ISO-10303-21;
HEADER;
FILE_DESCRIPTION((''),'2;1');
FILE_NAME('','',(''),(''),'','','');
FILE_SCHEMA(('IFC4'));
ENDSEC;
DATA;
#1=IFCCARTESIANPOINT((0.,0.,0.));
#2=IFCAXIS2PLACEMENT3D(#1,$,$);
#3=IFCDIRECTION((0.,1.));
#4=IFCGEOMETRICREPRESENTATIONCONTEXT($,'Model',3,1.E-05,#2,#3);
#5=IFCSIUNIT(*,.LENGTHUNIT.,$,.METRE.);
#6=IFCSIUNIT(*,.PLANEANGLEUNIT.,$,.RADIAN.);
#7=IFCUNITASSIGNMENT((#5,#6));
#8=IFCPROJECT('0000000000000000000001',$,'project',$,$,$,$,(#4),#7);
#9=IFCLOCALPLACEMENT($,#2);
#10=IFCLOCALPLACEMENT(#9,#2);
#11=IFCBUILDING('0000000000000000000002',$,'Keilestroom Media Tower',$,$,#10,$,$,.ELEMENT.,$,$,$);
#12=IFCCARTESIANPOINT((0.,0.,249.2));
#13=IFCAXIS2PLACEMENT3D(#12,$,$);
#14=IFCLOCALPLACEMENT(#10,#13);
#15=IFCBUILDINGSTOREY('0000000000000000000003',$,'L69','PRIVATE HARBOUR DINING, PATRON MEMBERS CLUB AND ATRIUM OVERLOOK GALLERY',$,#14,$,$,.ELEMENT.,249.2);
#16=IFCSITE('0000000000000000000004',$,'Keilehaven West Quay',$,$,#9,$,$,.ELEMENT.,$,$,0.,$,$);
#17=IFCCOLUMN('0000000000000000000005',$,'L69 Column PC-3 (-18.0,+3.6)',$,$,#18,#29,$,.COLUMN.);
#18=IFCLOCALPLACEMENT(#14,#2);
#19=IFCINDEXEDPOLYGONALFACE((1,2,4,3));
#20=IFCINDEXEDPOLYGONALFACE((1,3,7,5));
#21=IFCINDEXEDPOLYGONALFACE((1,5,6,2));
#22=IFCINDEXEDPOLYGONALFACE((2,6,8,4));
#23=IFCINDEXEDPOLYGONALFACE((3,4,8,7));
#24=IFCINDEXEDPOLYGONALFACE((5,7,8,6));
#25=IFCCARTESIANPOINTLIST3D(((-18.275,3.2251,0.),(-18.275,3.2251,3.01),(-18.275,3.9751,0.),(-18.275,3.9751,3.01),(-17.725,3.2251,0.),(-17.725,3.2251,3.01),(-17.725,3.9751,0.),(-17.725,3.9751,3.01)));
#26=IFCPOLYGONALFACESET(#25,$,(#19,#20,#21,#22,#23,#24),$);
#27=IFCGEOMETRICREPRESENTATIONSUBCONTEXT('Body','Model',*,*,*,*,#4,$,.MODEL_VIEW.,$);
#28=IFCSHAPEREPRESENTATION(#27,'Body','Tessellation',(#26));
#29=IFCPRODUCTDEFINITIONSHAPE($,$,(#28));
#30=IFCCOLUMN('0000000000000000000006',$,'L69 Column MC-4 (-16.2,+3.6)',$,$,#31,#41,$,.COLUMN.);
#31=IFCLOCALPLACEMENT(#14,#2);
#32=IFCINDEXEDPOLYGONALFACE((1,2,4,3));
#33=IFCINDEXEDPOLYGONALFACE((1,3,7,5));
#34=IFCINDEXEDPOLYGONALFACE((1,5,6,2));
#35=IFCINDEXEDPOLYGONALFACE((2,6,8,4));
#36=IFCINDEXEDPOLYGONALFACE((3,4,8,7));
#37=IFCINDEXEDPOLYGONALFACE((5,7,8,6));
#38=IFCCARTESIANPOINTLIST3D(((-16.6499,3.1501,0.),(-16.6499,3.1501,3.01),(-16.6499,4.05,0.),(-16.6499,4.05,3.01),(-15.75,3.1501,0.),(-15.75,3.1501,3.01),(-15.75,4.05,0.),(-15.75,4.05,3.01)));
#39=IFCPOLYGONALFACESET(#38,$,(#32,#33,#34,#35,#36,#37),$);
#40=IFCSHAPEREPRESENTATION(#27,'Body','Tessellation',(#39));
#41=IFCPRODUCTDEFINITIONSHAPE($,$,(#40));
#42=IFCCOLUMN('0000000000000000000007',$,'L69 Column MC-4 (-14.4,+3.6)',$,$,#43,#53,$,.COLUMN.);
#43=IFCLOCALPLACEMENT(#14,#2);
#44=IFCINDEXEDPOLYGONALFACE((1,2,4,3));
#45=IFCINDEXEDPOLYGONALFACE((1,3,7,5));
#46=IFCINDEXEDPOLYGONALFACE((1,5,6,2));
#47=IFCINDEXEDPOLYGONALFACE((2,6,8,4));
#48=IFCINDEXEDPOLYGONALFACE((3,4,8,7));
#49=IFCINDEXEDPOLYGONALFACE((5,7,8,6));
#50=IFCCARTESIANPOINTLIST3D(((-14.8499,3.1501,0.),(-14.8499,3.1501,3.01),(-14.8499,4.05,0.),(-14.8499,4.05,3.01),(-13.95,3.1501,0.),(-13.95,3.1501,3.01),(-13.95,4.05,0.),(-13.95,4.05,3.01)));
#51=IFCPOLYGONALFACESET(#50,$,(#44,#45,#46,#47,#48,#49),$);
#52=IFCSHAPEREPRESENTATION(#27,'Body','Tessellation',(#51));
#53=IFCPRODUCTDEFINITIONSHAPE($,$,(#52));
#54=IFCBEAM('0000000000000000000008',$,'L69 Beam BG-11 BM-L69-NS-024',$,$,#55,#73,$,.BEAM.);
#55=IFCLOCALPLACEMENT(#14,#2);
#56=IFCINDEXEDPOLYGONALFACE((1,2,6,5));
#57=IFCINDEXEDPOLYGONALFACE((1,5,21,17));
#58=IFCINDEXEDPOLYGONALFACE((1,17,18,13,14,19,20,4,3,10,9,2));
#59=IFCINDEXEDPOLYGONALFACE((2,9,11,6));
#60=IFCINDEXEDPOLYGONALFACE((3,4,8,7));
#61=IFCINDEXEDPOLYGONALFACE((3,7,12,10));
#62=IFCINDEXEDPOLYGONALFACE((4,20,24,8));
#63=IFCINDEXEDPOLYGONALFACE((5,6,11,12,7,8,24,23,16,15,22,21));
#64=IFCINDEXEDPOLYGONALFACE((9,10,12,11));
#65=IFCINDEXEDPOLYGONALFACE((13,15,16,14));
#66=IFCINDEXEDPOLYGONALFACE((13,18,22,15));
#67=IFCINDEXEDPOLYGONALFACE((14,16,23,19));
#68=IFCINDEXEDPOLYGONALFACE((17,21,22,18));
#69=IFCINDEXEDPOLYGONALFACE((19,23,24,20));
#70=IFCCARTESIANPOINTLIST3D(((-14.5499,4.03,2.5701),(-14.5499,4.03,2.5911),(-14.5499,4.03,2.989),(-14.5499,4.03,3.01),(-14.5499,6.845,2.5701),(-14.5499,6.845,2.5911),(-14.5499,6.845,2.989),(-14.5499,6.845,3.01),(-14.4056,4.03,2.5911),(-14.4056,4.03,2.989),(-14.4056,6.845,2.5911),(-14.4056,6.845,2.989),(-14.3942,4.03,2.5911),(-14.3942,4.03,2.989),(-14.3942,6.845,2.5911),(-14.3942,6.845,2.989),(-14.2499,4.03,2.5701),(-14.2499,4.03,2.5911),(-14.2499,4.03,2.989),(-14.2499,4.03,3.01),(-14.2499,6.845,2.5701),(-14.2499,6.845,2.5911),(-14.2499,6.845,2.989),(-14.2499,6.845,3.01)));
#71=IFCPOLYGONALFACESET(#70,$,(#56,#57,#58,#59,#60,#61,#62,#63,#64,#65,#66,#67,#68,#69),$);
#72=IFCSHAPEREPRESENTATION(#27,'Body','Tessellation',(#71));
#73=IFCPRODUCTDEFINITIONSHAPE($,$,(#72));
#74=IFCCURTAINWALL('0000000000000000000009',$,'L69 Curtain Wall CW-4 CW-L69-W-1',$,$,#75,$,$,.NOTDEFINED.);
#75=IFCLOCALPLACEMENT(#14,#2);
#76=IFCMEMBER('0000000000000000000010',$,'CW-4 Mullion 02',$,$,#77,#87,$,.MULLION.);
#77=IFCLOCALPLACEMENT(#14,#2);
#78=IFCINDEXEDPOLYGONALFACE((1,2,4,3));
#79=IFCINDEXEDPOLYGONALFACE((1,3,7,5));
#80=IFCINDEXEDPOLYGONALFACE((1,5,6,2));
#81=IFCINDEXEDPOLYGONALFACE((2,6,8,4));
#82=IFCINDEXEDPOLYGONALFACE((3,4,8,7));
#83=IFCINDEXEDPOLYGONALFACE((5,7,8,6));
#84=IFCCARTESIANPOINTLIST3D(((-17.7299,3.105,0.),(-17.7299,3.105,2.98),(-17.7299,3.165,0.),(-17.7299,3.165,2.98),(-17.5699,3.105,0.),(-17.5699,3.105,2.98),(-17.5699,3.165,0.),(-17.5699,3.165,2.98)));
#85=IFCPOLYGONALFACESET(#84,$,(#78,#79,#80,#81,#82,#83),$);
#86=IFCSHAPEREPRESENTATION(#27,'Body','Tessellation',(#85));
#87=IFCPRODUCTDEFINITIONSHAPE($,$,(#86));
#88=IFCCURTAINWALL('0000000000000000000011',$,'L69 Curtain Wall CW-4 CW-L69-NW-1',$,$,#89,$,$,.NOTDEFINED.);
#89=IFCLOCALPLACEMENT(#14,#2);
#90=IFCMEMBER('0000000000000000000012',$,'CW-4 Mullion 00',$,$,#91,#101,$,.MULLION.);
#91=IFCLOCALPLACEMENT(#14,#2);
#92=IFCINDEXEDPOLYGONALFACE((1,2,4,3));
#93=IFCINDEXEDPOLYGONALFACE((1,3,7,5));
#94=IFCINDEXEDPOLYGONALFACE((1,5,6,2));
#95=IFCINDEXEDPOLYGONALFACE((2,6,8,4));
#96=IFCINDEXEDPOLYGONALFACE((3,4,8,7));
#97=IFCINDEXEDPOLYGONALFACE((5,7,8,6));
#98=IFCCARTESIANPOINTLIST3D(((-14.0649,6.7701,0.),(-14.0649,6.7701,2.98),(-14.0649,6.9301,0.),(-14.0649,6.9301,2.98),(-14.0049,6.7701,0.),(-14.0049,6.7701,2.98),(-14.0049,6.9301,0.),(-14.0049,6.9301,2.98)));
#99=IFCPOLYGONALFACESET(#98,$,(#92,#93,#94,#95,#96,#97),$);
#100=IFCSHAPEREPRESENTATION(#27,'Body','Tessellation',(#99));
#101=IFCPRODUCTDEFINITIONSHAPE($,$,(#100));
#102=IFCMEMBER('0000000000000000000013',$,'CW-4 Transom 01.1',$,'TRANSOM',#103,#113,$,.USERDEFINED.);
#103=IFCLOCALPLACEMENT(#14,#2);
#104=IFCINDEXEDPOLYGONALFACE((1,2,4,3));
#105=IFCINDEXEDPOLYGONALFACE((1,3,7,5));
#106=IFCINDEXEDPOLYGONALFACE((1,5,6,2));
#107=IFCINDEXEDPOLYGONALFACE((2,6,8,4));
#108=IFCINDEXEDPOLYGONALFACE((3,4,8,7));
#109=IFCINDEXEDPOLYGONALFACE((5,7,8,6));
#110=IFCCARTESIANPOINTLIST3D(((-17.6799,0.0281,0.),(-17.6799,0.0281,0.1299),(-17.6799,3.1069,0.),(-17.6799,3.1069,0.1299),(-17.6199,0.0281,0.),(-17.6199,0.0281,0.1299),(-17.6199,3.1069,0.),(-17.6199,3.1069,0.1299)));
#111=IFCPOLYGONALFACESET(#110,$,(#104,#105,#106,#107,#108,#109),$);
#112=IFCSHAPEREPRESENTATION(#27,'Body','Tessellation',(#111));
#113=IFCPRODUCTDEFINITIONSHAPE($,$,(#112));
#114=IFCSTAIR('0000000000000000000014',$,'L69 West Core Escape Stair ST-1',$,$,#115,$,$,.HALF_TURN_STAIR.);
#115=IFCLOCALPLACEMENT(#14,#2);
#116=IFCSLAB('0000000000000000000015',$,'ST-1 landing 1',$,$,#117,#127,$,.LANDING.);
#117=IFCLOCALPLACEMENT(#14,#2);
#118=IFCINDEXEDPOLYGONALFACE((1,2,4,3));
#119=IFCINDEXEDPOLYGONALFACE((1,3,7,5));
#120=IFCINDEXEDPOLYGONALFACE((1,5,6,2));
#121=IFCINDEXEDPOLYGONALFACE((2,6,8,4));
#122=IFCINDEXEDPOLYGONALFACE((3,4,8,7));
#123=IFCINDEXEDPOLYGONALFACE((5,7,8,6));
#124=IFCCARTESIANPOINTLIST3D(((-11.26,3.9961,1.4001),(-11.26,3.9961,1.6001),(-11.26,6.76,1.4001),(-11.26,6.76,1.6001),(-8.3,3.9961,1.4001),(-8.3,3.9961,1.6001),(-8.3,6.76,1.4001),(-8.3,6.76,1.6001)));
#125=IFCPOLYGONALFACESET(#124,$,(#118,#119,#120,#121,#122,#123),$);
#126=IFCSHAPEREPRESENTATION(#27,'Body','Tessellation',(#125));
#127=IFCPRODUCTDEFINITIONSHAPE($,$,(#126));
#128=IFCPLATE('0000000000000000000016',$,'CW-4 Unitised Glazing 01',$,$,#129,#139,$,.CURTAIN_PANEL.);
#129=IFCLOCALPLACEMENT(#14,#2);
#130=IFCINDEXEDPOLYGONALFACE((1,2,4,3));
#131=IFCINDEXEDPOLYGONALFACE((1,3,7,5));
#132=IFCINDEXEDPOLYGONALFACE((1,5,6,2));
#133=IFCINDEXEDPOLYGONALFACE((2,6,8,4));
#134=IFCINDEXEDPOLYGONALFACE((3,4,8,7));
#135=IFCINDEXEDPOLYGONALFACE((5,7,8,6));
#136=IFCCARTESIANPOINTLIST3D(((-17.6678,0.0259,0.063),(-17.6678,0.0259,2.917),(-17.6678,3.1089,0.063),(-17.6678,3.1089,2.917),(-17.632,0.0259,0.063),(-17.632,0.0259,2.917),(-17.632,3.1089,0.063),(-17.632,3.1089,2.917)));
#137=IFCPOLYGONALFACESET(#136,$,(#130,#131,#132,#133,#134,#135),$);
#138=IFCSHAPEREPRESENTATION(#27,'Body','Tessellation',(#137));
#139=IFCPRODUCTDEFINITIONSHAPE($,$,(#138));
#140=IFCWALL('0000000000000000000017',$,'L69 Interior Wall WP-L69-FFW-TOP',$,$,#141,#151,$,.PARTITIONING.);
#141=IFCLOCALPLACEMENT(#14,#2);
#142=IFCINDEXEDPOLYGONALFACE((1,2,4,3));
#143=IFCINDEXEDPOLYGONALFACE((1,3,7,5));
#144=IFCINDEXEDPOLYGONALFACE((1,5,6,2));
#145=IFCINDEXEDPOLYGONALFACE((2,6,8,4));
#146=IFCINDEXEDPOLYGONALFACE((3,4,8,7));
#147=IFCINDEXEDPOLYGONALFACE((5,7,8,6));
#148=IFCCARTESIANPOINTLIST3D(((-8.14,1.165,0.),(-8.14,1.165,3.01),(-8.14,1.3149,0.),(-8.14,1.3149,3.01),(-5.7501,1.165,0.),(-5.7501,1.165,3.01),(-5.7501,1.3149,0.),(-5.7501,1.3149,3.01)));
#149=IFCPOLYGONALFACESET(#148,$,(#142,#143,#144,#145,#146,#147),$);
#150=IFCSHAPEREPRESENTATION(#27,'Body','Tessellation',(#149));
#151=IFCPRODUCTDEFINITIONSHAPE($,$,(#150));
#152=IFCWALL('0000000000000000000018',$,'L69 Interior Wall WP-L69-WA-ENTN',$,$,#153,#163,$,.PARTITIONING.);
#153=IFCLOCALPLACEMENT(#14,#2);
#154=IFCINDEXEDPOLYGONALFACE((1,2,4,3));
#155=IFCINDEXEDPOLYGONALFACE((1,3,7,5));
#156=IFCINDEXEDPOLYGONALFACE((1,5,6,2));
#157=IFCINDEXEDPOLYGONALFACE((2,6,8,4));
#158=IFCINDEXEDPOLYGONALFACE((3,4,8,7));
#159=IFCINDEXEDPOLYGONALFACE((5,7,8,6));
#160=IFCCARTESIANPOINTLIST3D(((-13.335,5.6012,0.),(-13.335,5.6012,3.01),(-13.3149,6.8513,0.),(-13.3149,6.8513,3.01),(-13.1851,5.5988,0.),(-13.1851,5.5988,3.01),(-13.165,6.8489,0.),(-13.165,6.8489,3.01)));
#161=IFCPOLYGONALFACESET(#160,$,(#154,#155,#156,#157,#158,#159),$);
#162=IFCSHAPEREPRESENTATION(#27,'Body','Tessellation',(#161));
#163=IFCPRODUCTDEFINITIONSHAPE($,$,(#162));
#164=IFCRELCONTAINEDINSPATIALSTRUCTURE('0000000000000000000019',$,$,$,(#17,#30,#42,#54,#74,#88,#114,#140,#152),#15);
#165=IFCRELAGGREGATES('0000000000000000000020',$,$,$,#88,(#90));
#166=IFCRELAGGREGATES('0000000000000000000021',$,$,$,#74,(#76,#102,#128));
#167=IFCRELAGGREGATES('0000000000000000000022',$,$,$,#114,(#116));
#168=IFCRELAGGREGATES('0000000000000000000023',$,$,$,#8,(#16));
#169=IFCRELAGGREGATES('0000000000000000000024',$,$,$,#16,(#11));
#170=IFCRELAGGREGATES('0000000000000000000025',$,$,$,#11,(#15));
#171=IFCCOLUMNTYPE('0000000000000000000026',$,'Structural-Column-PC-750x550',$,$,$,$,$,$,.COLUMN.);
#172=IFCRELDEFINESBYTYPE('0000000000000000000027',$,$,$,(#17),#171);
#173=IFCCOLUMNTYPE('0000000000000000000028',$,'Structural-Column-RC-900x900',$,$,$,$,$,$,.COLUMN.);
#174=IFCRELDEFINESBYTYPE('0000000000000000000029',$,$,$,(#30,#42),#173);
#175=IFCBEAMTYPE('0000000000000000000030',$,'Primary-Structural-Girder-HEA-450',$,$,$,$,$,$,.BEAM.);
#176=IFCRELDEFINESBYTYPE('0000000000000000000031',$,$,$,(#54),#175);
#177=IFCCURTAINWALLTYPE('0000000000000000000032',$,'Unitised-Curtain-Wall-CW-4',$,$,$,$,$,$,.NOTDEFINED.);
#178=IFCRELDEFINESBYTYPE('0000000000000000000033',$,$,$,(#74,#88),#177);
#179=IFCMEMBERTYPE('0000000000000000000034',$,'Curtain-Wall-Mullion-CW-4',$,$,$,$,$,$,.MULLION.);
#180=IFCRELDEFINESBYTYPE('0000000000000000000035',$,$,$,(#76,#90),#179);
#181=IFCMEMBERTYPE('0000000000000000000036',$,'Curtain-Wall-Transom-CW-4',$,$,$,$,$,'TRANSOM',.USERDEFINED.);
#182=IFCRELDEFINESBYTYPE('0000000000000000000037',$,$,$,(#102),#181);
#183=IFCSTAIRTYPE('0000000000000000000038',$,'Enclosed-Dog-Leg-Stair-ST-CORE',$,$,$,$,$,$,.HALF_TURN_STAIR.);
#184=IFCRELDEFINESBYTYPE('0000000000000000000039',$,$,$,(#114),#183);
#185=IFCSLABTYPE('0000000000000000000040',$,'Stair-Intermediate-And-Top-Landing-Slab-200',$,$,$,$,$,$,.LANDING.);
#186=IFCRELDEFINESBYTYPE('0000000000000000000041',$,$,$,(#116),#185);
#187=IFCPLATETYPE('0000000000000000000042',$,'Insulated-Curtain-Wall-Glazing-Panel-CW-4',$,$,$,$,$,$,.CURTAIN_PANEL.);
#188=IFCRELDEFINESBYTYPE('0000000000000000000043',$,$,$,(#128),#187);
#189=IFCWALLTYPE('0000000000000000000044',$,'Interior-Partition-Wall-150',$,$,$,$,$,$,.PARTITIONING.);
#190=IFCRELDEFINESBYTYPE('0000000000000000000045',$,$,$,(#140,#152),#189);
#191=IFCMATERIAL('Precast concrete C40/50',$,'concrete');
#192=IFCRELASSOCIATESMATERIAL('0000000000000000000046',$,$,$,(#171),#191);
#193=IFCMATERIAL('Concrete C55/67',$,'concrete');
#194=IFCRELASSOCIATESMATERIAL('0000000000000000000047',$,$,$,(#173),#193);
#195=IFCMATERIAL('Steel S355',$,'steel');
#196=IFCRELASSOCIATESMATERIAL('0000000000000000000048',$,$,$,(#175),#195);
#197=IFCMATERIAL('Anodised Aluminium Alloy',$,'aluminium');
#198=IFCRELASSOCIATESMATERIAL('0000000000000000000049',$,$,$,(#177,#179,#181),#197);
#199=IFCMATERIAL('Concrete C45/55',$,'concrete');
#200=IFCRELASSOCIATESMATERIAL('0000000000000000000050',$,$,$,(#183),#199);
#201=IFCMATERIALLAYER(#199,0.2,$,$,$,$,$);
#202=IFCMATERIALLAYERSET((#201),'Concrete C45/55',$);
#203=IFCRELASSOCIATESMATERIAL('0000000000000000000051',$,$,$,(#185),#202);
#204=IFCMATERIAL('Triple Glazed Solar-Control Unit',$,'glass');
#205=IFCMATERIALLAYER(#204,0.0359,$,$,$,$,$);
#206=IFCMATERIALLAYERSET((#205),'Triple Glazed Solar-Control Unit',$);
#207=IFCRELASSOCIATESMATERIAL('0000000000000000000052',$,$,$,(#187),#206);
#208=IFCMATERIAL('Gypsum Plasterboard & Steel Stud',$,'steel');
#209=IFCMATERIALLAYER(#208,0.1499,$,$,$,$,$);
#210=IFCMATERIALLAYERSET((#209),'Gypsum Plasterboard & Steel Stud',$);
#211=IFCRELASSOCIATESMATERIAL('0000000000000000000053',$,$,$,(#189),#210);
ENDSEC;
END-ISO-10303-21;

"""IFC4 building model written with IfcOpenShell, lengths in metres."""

from ifc_helpers import new_model, si_unit, direction, frame, frame_2d, origin, origin_2d, place, context, subcontext, project, spatial, polyline, rectangle, i_section, outline, extrude, source, transform, mapped, material, layer, layer_set, material_profile, profile_set, type_object, element, aggregate, save


model = new_model("IFC4")

# Units and contexts
model_context = context("Model", 3, precision=1e-05, world=origin(), true_north=direction((0.0, 1.0)))
body_context = subcontext(model_context, "Body", "Model", "MODEL_VIEW")
ifc_project = project(units=[si_unit("LENGTHUNIT", "METRE"), si_unit("PLANEANGLEUNIT", "RADIAN")], contexts=[model_context])

# Site, building, storey
site_placement = place(None, origin())
site = spatial("IfcSite", under=ifc_project, at=site_placement, Name="Keilehaven West Quay", CompositionType="ELEMENT", RefElevation=0.0)
building_placement = place(site_placement, origin())
building = spatial("IfcBuilding", under=site, at=building_placement, Name="Keilestroom Media Tower", CompositionType="ELEMENT")
storey_placement = place(building_placement, frame((0.0, 0.0, 249.2)))
storey = spatial("IfcBuildingStorey", under=building, at=storey_placement, Name="L69", Description="PRIVATE HARBOUR DINING, PATRON MEMBERS CLUB AND ATRIUM OVERLOOK GALLERY", CompositionType="ELEMENT", Elevation=249.2)

# Columns
ifc_material_1 = material(Name="Precast concrete C40/50", Category="concrete")
ifc_material_profile_1 = material_profile(ifc_material_1, rectangle(XDim=0.55, YDim=0.75, at=origin_2d()), Name="PC 750x550")
ifc_profile_set_1 = profile_set([ifc_material_profile_1], Name="Precast concrete C40/50")
column_type_1 = type_object("IfcColumnType", Name="Structural-Column-PC-750x550", PredefinedType="COLUMN", material=ifc_profile_set_1)
shared_shape_1 = source(origin(), body_context, "Body", "SweptSolid", [
    extrude(rectangle(XDim=0.55, YDim=0.75, at=origin_2d()), origin(), (0.0, 0.0, 1.0), 3.01),
])
column_placement = place(storey_placement, frame((-18.0, 3.6001, 0.0), z_axis=(0.0, 0.0, 1.0), x_axis=(1.0, 0.0, 0.0)))
element("IfcColumn", 1, at=column_placement, inside=storey, type_object=column_type_1, Name="L69 Column PC-3 (-18.0,+3.6)", PredefinedType="COLUMN", context=body_context, shape_type="MappedRepresentation", body=[
    mapped(shared_shape_1, transform((0.0, 0.0, 0.0), x_axis=(1.0, 0.0, 0.0), y_axis=(0.0, 1.0, 0.0), z_axis=(0.0, 0.0, 1.0), scale=1.0)),
])
ifc_material_2 = material(Name="Concrete C55/67", Category="concrete")
ifc_material_profile_2 = material_profile(ifc_material_2, rectangle(XDim=0.8999, YDim=0.8999, at=origin_2d()), Name="RC 900x900")
ifc_profile_set_2 = profile_set([ifc_material_profile_2], Name="Concrete C55/67")
column_type_2 = type_object("IfcColumnType", Name="Structural-Column-RC-900x900", PredefinedType="COLUMN", material=ifc_profile_set_2)
shared_shape_2 = source(origin(), body_context, "Body", "SweptSolid", [
    extrude(rectangle(XDim=0.8999, YDim=0.8999, at=origin_2d()), origin(), (0.0, 0.0, 1.0), 3.01),
])
for number, where, z_axis, x_axis, name in (
    (2, (-16.2, 3.6001, 0.0), (0.0, 0.0, 1.0), (1.0, 0.0, 0.0), "L69 Column MC-4 (-16.2,+3.6)"),
    (3, (-14.3999, 3.6001, 0.0), (0.0, 0.0, 1.0), (1.0, 0.0, 0.0), "L69 Column MC-4 (-14.4,+3.6)"),
):
    element("IfcColumn", number, at=place(storey_placement, frame(where, z_axis=z_axis, x_axis=x_axis)), inside=storey, type_object=column_type_2, Name=name, PredefinedType="COLUMN", context=body_context, shape_type="MappedRepresentation", body=[
        mapped(shared_shape_2, transform((0.0, 0.0, 0.0), x_axis=(1.0, 0.0, 0.0), y_axis=(0.0, 1.0, 0.0), z_axis=(0.0, 0.0, 1.0), scale=1.0)),
    ])

# Beam
ifc_material_3 = material(Name="Steel S355", Category="steel")
ifc_material_profile_3 = material_profile(ifc_material_3, i_section(OverallWidth=0.3, OverallDepth=0.4399, WebThickness=0.0115, FlangeThickness=0.021, at=origin_2d()), Name="HEA 450")
ifc_profile_set_3 = profile_set([ifc_material_profile_3], Name="Steel S355")
beam_type = type_object("IfcBeamType", Name="Primary-Structural-Girder-HEA-450", PredefinedType="BEAM", material=ifc_profile_set_3)
shared_shape_3 = source(origin(), body_context, "Body", "SweptSolid", [
    extrude(i_section(OverallWidth=0.3, OverallDepth=0.4399, WebThickness=0.0115, FlangeThickness=0.021, at=origin_2d()), origin(), (0.0, 0.0, 1.0), 2.8149),
])
beam_placement = place(storey_placement, frame((-14.3999, 4.03, 2.79), z_axis=(0.0, 1.0, 0.0), x_axis=(-1.0, 0.0, 0.0)))
element("IfcBeam", 4, at=beam_placement, inside=storey, type_object=beam_type, Name="L69 Beam BG-11 BM-L69-NS-024", PredefinedType="BEAM", context=body_context, shape_type="MappedRepresentation", body=[
    mapped(shared_shape_3, transform((0.0, 0.0, 0.0), x_axis=(1.0, 0.0, 0.0), y_axis=(0.0, 1.0, 0.0), z_axis=(0.0, 0.0, 1.0), scale=1.0)),
])

# Curtain walls, members
ifc_material_4 = material(Name="Anodised Aluminium Alloy", Category="aluminium")
curtain_wall_type = type_object("IfcCurtainWallType", Name="Unitised-Curtain-Wall-CW-4", PredefinedType="NOTDEFINED", material=ifc_material_4)
curtain_wall_1_placement = place(storey_placement, origin())
curtain_wall_1 = element("IfcCurtainWall", 5, at=curtain_wall_1_placement, inside=storey, type_object=curtain_wall_type, Name="L69 Curtain Wall CW-4 CW-L69-W-1", PredefinedType="NOTDEFINED")
ifc_material_profile_4 = material_profile(ifc_material_4, rectangle(XDim=0.0601, YDim=0.1599, at=origin_2d()), Name="ALU MULLION 60x160")
ifc_profile_set_4 = profile_set([ifc_material_profile_4], Name="Anodised Aluminium Alloy")
member_type_1 = type_object("IfcMemberType", Name="Curtain-Wall-Mullion-CW-4", PredefinedType="MULLION", material=ifc_profile_set_4)
shared_shape_4 = source(origin(), body_context, "Body", "SweptSolid", [
    extrude(rectangle(XDim=0.0601, YDim=0.1599, at=origin_2d()), origin(), (0.0, 0.0, 1.0), 2.98),
])
member_1_placement = place(storey_placement, frame((-17.6499, 3.135, 0.0), z_axis=(0.0, 0.0, 1.0), x_axis=(0.0, 1.0, 0.0)))
member_1 = element("IfcMember", 6, at=member_1_placement, type_object=member_type_1, Name="CW-4 Mullion 02", PredefinedType="MULLION", context=body_context, shape_type="MappedRepresentation", body=[
    mapped(shared_shape_4, transform((0.0, 0.0, 0.0), x_axis=(1.0, 0.0, 0.0), y_axis=(0.0, 1.0, 0.0), z_axis=(0.0, 0.0, 1.0), scale=1.0)),
])
curtain_wall_2_placement = place(storey_placement, origin())
curtain_wall_2 = element("IfcCurtainWall", 7, at=curtain_wall_2_placement, inside=storey, type_object=curtain_wall_type, Name="L69 Curtain Wall CW-4 CW-L69-NW-1", PredefinedType="NOTDEFINED")
member_2_placement = place(storey_placement, frame((-14.0349, 6.8501, 0.0), z_axis=(0.0, 0.0, 1.0), x_axis=(1.0, 0.0, 0.0)))
member_2 = element("IfcMember", 8, at=member_2_placement, type_object=member_type_1, Name="CW-4 Mullion 00", PredefinedType="MULLION", context=body_context, shape_type="MappedRepresentation", body=[
    mapped(shared_shape_4, transform((0.0, 0.0, 0.0), x_axis=(1.0, 0.0, 0.0), y_axis=(0.0, 1.0, 0.0), z_axis=(0.0, 0.0, 1.0), scale=1.0)),
])
aggregate(curtain_wall_2, [member_2])

# Member
ifc_material_profile_5 = material_profile(ifc_material_4, rectangle(XDim=0.0601, YDim=0.1299, at=origin_2d()), Name="ALU TRANSOM 60x130")
ifc_profile_set_5 = profile_set([ifc_material_profile_5], Name="Anodised Aluminium Alloy")
member_type_2 = type_object("IfcMemberType", Name="Curtain-Wall-Transom-CW-4", ElementType="TRANSOM", PredefinedType="USERDEFINED", material=ifc_profile_set_5)
shared_shape_5 = source(origin(), body_context, "Body", "SweptSolid", [
    extrude(rectangle(XDim=0.0601, YDim=0.1299, at=origin_2d()), origin(), (0.0, 0.0, 1.0), 3.0789),
])
member_3_placement = place(storey_placement, frame((-17.6499, 0.0281, 0.0649), z_axis=(0.0, 1.0, 0.0), x_axis=(-1.0, 0.0, 0.0)))
member_3 = element("IfcMember", 9, at=member_3_placement, type_object=member_type_2, Name="CW-4 Transom 01.1", ObjectType="TRANSOM", PredefinedType="USERDEFINED", context=body_context, shape_type="MappedRepresentation", body=[
    mapped(shared_shape_5, transform((0.0, 0.0, 0.0), x_axis=(1.0, 0.0, 0.0), y_axis=(0.0, 1.0, 0.0), z_axis=(0.0, 0.0, 1.0), scale=1.0)),
])

# Stair, slab
ifc_material_5 = material(Name="Concrete C45/55", Category="concrete")
stair_type = type_object("IfcStairType", Name="Enclosed-Dog-Leg-Stair-ST-CORE", PredefinedType="HALF_TURN_STAIR", material=ifc_material_5)
stair_placement = place(storey_placement, origin())
stair = element("IfcStair", 10, at=stair_placement, inside=storey, type_object=stair_type, Name="L69 West Core Escape Stair ST-1", PredefinedType="HALF_TURN_STAIR")
ifc_layer_1 = layer(ifc_material_5, 0.2)
ifc_layer_set_1 = layer_set([ifc_layer_1], Name="Concrete C45/55")
slab_type = type_object("IfcSlabType", Name="Stair-Intermediate-And-Top-Landing-Slab-200", PredefinedType="LANDING", material=ifc_layer_set_1)
slab_placement = place(storey_placement, frame((0.0, 0.0, 1.4001)))
slab = element("IfcSlab", 11, at=slab_placement, type_object=slab_type, Name="ST-1 landing 1", PredefinedType="LANDING", context=body_context, shape_type="SweptSolid", body=[
    extrude(outline(polyline([(-8.3, 3.9961), (-8.3, 6.76), (-11.26, 6.76), (-11.26, 3.9961), (-8.3, 3.9961)])), origin(), (0.0, 0.0, 1.0), 0.2),
])

# Plate
ifc_material_6 = material(Name="Triple Glazed Solar-Control Unit", Category="glass")
ifc_layer_2 = layer(ifc_material_6, 0.0359)
ifc_layer_set_2 = layer_set([ifc_layer_2], Name="Triple Glazed Solar-Control Unit")
plate_type = type_object("IfcPlateType", Name="Insulated-Curtain-Wall-Glazing-Panel-CW-4", PredefinedType="CURTAIN_PANEL", material=ifc_layer_set_2)
shared_shape_6 = source(origin(), body_context, "Body", "SweptSolid", [
    extrude(rectangle(XDim=3.083, YDim=0.0359, at=origin_2d()), origin(), (0.0, 0.0, 1.0), 2.854),
])
plate_placement = place(storey_placement, frame((-17.6499, 1.5674, 0.063), z_axis=(0.0, 0.0, 1.0), x_axis=(0.0, 1.0, 0.0)))
plate = element("IfcPlate", 12, at=plate_placement, type_object=plate_type, Name="CW-4 Unitised Glazing 01", PredefinedType="CURTAIN_PANEL", context=body_context, shape_type="MappedRepresentation", body=[
    mapped(shared_shape_6, transform((0.0, 0.0, 0.0), x_axis=(1.0, 0.0, 0.0), y_axis=(0.0, 1.0, 0.0), z_axis=(0.0, 0.0, 1.0), scale=1.0)),
])
aggregate(curtain_wall_1, [member_1, member_3, plate])

# Walls
ifc_material_7 = material(Name="Gypsum Plasterboard & Steel Stud", Category="steel")
ifc_layer_3 = layer(ifc_material_7, 0.1499)
ifc_layer_set_3 = layer_set([ifc_layer_3], Name="Gypsum Plasterboard & Steel Stud")
wall_type_1 = type_object("IfcWallType", Name="Interior-Partition-Wall-150", PredefinedType="PARTITIONING", material=ifc_layer_set_3)
wall_1_placement = place(storey_placement, frame((-8.1399, 1.24, 0.0), z_axis=(0.0, 0.0, 1.0), x_axis=(1.0, 0.0, 0.0)))
element("IfcWall", 13, at=wall_1_placement, inside=storey, type_object=wall_type_1, Name="L69 Interior Wall WP-L69-FFW-TOP", PredefinedType="PARTITIONING", context=body_context, shape_type="SweptSolid", body=[
    extrude(rectangle(XDim=2.3899, YDim=0.1499, at=frame_2d((1.1948, 0.0))), origin(), (0.0, 0.0, 1.0), 3.01),
])
wall_2_placement = place(storey_placement, frame((-13.26, 5.6001, 0.0), z_axis=(0.0, 0.0, 1.0), x_axis=(0.016014, 0.999872, 0.0)))
element("IfcWall", 14, at=wall_2_placement, inside=storey, type_object=wall_type_1, Name="L69 Interior Wall WP-L69-WA-ENTN", PredefinedType="PARTITIONING", context=body_context, shape_type="SweptSolid", body=[
    extrude(rectangle(XDim=1.2502, YDim=0.1499, at=frame_2d((0.625, 0.0))), origin(), (0.0, 0.0, 1.0), 3.01),
])

aggregate(stair, [slab])

save(model, "model.ifc")
